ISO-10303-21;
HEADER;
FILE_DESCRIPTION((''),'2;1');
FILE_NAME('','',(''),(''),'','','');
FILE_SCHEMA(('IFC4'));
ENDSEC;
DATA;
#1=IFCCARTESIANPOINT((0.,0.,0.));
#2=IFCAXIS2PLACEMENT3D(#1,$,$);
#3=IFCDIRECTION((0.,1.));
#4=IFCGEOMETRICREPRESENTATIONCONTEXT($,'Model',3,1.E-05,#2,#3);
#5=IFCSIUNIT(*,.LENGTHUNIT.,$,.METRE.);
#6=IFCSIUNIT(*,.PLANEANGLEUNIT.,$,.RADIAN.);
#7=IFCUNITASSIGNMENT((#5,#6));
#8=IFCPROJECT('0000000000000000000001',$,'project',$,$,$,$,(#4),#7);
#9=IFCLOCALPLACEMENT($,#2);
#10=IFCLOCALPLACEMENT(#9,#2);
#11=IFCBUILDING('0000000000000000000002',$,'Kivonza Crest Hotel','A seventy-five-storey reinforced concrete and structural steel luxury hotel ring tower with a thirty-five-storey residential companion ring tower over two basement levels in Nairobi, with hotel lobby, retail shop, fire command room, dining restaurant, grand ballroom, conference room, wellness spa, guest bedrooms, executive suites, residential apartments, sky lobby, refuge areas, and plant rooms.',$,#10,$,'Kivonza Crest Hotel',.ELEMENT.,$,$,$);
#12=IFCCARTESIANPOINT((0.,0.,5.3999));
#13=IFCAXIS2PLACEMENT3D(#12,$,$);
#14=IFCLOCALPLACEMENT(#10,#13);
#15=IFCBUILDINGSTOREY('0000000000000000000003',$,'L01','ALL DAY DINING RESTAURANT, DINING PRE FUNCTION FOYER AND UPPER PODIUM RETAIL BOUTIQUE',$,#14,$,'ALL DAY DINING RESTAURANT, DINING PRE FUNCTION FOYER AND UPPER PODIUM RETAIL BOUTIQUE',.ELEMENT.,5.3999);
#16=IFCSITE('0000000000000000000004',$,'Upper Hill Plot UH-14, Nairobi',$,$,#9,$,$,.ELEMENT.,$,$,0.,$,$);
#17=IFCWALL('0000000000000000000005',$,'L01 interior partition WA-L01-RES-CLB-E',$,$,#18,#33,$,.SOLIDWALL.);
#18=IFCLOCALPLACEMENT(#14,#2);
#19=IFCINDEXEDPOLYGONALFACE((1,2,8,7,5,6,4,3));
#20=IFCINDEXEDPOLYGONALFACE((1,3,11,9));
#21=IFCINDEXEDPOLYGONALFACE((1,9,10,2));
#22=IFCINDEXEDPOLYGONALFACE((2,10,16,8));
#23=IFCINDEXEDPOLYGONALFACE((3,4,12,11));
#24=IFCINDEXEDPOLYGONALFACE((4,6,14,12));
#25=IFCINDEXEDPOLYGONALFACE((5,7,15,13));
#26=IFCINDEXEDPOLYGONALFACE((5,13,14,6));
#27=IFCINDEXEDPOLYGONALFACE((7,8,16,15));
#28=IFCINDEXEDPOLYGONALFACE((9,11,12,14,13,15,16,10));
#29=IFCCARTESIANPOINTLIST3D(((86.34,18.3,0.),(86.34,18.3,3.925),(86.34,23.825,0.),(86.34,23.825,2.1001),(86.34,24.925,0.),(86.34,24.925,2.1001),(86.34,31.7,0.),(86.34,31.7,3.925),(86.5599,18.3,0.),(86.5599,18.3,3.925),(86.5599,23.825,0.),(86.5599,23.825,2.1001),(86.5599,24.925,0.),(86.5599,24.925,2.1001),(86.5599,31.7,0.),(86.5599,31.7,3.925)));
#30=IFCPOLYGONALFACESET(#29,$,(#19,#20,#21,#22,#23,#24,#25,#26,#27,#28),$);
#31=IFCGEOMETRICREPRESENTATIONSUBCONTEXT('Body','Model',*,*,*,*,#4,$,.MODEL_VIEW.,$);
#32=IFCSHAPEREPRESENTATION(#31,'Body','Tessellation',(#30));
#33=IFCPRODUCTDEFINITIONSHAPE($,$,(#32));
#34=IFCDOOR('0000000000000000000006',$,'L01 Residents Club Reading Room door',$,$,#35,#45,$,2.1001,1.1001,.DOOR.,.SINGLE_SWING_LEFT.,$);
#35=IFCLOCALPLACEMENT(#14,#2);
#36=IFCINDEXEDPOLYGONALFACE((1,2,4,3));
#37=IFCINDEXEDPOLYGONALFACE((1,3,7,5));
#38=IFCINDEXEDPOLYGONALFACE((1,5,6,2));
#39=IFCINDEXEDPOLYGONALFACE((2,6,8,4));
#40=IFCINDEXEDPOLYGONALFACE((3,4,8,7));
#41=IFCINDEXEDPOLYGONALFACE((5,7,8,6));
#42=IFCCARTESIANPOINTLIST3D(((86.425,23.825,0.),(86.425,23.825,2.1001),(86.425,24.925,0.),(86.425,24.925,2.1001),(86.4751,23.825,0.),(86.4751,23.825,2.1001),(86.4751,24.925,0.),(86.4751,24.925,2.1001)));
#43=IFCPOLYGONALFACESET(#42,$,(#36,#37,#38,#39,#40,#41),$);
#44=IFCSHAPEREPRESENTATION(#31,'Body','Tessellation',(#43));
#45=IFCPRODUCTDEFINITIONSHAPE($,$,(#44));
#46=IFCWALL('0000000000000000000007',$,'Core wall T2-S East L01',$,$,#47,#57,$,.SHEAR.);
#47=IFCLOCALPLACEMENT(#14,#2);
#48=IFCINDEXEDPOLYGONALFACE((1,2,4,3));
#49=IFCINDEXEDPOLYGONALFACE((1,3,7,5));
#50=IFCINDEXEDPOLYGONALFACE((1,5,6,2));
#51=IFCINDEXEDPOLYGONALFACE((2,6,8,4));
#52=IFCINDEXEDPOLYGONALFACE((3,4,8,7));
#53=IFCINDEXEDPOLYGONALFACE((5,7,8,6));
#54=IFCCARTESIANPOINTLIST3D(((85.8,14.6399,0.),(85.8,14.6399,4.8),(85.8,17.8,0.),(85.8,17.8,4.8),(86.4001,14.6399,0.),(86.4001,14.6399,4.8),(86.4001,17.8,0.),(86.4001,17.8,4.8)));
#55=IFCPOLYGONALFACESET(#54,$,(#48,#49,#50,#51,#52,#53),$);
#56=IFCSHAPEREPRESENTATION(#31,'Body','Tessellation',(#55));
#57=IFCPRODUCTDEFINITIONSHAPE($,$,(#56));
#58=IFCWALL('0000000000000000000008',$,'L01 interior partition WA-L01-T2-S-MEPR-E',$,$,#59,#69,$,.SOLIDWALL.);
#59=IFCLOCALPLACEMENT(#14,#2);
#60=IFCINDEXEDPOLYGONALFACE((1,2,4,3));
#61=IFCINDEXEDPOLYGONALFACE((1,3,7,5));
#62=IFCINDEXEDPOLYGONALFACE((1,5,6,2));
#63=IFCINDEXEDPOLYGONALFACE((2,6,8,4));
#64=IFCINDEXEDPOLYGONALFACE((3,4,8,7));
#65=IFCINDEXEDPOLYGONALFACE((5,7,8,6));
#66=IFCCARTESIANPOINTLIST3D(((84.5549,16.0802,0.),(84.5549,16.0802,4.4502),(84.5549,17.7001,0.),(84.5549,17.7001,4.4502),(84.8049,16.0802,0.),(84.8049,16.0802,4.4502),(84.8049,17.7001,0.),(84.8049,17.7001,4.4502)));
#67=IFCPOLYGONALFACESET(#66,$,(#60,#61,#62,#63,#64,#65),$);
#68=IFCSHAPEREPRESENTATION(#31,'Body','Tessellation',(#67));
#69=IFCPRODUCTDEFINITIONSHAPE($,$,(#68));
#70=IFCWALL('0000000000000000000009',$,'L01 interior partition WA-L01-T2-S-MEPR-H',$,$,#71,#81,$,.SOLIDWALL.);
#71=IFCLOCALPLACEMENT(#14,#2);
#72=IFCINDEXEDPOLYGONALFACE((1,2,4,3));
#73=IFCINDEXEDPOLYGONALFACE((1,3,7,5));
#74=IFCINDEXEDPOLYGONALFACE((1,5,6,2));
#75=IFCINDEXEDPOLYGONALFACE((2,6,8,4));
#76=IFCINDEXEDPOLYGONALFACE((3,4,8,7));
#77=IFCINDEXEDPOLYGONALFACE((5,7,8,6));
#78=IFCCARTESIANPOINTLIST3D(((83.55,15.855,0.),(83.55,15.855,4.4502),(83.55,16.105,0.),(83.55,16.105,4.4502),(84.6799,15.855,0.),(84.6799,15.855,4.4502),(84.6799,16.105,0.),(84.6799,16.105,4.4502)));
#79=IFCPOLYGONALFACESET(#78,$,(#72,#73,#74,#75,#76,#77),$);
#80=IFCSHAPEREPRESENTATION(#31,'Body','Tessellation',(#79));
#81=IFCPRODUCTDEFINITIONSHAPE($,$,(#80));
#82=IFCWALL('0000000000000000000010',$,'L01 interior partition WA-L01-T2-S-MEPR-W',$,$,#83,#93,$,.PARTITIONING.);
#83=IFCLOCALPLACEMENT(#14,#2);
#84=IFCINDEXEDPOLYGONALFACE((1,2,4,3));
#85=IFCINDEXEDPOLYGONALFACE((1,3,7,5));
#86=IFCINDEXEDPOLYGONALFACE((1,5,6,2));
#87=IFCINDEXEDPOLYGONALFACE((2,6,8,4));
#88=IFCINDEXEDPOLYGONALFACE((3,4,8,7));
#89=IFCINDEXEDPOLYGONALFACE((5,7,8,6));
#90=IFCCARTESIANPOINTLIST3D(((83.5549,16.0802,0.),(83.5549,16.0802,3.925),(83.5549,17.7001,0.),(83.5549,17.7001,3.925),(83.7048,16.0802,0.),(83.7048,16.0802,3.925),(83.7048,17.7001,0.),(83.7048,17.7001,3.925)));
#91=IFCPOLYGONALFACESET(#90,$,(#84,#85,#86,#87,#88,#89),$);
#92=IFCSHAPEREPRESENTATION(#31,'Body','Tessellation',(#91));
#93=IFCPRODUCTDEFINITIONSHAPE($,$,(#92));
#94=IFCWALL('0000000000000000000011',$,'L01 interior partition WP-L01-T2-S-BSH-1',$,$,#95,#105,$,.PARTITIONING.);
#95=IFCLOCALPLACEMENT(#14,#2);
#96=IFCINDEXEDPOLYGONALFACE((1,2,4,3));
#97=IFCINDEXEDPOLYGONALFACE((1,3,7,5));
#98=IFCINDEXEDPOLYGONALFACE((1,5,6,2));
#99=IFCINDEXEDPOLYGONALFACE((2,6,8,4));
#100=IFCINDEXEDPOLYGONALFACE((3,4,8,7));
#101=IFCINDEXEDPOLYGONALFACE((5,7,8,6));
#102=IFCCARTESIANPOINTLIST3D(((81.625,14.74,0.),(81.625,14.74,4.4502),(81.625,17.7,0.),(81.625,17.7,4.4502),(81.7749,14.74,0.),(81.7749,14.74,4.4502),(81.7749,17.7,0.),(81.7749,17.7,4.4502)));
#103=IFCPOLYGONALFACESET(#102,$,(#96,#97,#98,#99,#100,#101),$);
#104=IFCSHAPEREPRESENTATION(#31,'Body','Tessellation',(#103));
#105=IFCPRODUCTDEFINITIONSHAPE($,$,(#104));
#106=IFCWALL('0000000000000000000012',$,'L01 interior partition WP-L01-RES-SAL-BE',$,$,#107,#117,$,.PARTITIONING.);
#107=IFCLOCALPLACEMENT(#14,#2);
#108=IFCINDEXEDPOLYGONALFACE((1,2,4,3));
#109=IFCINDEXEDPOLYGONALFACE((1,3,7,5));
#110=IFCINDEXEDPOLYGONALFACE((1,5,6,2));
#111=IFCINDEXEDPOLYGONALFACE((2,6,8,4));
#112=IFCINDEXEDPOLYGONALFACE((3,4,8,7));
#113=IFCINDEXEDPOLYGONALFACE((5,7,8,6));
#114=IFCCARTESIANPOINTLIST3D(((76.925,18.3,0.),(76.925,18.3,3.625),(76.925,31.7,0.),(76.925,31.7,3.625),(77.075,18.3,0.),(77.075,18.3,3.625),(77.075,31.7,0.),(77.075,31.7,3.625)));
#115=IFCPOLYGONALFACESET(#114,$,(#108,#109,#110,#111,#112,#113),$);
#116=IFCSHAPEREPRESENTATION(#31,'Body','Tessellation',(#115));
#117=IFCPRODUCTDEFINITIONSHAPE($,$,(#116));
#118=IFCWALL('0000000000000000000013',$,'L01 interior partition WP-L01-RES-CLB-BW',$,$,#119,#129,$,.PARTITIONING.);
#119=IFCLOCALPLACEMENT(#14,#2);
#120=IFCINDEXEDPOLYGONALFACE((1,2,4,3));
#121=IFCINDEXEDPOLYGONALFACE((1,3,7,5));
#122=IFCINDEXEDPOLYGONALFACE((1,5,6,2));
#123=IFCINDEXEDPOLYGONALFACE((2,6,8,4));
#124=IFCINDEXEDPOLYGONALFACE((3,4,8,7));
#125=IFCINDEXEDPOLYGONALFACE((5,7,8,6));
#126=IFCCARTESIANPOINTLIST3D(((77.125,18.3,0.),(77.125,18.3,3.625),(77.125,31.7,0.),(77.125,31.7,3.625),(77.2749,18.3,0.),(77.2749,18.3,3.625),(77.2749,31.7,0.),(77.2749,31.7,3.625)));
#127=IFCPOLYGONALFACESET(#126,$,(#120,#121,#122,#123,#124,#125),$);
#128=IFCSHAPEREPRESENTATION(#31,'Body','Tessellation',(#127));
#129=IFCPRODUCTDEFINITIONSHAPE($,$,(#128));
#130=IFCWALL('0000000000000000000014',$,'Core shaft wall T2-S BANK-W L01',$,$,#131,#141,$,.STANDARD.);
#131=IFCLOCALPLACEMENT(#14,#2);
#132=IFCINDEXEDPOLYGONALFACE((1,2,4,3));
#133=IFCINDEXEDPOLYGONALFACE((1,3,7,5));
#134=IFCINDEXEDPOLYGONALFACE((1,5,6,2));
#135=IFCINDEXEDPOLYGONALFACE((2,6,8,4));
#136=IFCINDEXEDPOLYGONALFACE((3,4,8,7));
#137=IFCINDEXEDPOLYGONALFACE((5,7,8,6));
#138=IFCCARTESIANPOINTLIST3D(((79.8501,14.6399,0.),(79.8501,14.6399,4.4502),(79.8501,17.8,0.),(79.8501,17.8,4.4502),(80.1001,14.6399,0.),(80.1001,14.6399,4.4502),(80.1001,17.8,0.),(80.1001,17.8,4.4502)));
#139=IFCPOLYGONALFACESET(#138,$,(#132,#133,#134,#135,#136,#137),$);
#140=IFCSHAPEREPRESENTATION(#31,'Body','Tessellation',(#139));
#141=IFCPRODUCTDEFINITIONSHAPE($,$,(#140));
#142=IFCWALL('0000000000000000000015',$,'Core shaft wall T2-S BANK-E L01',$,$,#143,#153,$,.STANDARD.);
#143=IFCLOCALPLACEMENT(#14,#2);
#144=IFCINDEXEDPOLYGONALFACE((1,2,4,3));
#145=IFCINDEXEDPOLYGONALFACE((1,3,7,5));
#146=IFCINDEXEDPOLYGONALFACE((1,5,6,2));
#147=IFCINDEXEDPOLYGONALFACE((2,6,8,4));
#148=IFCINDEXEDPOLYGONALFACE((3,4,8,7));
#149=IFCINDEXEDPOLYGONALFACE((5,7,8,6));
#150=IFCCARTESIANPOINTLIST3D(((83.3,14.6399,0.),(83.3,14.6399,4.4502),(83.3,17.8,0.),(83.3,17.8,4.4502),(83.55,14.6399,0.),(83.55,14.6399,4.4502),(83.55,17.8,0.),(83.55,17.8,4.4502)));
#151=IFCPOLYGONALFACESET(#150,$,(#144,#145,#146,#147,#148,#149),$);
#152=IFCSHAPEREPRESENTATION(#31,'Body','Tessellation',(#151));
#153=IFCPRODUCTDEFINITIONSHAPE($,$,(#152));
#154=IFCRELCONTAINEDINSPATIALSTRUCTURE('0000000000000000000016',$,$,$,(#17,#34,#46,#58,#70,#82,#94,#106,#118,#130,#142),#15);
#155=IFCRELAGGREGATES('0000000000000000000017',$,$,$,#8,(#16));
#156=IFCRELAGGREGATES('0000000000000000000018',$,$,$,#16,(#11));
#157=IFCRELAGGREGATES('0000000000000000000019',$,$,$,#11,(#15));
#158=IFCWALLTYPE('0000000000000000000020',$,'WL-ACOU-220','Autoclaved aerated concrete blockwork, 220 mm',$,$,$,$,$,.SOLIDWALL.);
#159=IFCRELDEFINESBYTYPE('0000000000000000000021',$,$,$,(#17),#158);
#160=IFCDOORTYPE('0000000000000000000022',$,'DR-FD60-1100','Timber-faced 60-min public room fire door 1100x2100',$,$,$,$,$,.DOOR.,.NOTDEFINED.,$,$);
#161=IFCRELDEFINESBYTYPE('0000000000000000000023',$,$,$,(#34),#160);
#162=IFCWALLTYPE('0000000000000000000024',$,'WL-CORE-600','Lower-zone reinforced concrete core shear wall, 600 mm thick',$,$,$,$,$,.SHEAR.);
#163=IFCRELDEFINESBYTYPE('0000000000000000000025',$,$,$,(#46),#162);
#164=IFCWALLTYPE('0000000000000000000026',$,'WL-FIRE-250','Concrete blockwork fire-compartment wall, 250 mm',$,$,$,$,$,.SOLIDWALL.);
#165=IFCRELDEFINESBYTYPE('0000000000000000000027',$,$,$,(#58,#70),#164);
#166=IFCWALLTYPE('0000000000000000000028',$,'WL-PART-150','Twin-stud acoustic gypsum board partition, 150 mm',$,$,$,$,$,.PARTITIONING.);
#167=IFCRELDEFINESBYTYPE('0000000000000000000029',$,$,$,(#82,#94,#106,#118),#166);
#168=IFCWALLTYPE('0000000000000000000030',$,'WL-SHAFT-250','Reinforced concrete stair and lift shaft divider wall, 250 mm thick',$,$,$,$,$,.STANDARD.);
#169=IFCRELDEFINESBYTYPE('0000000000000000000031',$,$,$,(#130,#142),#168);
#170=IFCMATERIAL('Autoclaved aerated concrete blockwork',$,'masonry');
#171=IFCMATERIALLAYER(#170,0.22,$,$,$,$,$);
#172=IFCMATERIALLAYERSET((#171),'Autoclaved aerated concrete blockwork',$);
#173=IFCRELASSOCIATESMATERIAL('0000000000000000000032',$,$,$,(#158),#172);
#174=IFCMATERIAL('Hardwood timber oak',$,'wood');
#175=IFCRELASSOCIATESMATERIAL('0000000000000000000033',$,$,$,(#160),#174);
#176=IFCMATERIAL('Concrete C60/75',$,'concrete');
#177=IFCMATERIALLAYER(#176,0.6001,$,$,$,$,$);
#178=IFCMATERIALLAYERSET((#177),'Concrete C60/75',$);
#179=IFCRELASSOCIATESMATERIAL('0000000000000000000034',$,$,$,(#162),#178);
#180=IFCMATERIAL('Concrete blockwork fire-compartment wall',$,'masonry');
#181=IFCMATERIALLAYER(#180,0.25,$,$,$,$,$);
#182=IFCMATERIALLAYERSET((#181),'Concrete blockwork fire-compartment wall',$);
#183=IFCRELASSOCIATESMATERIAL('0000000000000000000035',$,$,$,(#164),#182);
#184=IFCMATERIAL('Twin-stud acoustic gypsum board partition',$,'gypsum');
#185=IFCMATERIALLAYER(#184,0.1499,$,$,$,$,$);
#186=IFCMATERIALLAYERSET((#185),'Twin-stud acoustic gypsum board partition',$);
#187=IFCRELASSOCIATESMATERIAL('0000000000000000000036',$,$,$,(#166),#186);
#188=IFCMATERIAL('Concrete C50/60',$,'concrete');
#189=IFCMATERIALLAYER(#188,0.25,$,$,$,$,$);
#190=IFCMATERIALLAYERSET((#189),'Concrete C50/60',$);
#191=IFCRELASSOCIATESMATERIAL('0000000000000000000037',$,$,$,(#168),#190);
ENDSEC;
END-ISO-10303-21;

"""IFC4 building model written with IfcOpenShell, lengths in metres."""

from ifc_helpers import new_model, si_unit, direction, frame, frame_2d, origin, place, context, subcontext, project, spatial, rectangle, extrude, material, layer, layer_set, type_object, element, fill, save


model = new_model("IFC4")

# Units and contexts
model_context = context("Model", 3, precision=1e-05, world=origin(), true_north=direction((0.0, 1.0)))
body_context = subcontext(model_context, "Body", "Model", "MODEL_VIEW")
ifc_project = project(units=[si_unit("LENGTHUNIT", "METRE"), si_unit("PLANEANGLEUNIT", "RADIAN")], contexts=[model_context])

# Site, building, storey
site_placement = place(None, origin())
site = spatial("IfcSite", under=ifc_project, at=site_placement, Name="Upper Hill Plot UH-14, Nairobi", CompositionType="ELEMENT", RefElevation=0.0)
building_placement = place(site_placement, origin())
building = spatial("IfcBuilding", under=site, at=building_placement, Name="Kivonza Crest Hotel", Description="A seventy-five-storey reinforced concrete and structural steel luxury hotel ring tower with a thirty-five-storey residential companion ring tower over two basement levels in Nairobi, with hotel lobby, retail shop, fire command room, dining restaurant, grand ballroom, conference room, wellness spa, guest bedrooms, executive suites, residential apartments, sky lobby, refuge areas, and plant rooms.", LongName="Kivonza Crest Hotel", CompositionType="ELEMENT")
storey_placement = place(building_placement, frame((0.0, 0.0, 5.3999)))
storey = spatial("IfcBuildingStorey", under=building, at=storey_placement, Name="L01", Description="ALL DAY DINING RESTAURANT, DINING PRE FUNCTION FOYER AND UPPER PODIUM RETAIL BOUTIQUE", LongName="ALL DAY DINING RESTAURANT, DINING PRE FUNCTION FOYER AND UPPER PODIUM RETAIL BOUTIQUE", CompositionType="ELEMENT", Elevation=5.3999)

# Shared definitions
ifc_material_1 = material(Name="Concrete C60/75", Category="concrete")

# Wall, opening, door
ifc_material_2 = material(Name="Autoclaved aerated concrete blockwork", Category="masonry")
ifc_layer_1 = layer(ifc_material_2, 0.22)
ifc_layer_set_1 = layer_set([ifc_layer_1], Name="Autoclaved aerated concrete blockwork")
wall_type_1 = type_object("IfcWallType", Name="WL-ACOU-220", Description="Autoclaved aerated concrete blockwork, 220 mm", PredefinedType="SOLIDWALL", material=ifc_layer_set_1)
wall_1_placement = place(storey_placement, frame((86.45, 18.3, 0.0), z_axis=(0.0, 0.0, 1.0), x_axis=(0.0, 1.0, 0.0)))
wall_1 = element("IfcWall", 1, at=wall_1_placement, inside=storey, type_object=wall_type_1, Name="L01 interior partition WA-L01-RES-CLB-E", PredefinedType="SOLIDWALL", context=body_context, shape_type="SweptSolid", body=[
    extrude(rectangle(XDim=13.3999, YDim=0.22, at=frame_2d((6.7, 0.0))), origin(), (0.0, 0.0, 1.0), 3.925),
])
opening_placement = place(wall_1_placement, frame((5.5249, 0.0, 0.0)))
opening = element("IfcOpeningElement", 2, at=opening_placement, cuts=wall_1, PredefinedType="OPENING", context=body_context, shape_type="SweptSolid", body=[
    extrude(rectangle(XDim=1.1001, YDim=2.1001, at=frame_2d((0.55, 1.05))), frame((0.0, 0.1201, 0.0), z_axis=(0.0, -1.0, 0.0), x_axis=(1.0, 0.0, 0.0)), (0.0, 0.0, 1.0), 0.24),
])
ifc_material_3 = material(Name="Hardwood timber oak", Category="wood")
door_type = type_object("IfcDoorType", Name="DR-FD60-1100", Description="Timber-faced 60-min public room fire door 1100x2100", OperationType="NOTDEFINED", PredefinedType="DOOR", material=ifc_material_3)
door_placement = place(opening_placement, origin())
door = element("IfcDoor", 3, at=door_placement, inside=storey, type_object=door_type, Name="L01 Residents Club Reading Room door", OperationType="SINGLE_SWING_LEFT", OverallHeight=2.1001, OverallWidth=1.1001, PredefinedType="DOOR", context=body_context, shape_type="SweptSolid", body=[
    extrude(rectangle(XDim=1.1001, YDim=2.1001, at=frame_2d((0.55, 1.05))), frame((0.0, 0.0249, 0.0), z_axis=(0.0, -1.0, 0.0), x_axis=(1.0, 0.0, 0.0)), (0.0, 0.0, 1.0), 0.05),
])
fill(opening, door)

# Walls
ifc_layer_2 = layer(ifc_material_1, 0.6001)
ifc_layer_set_2 = layer_set([ifc_layer_2], Name="Concrete C60/75")
wall_type_2 = type_object("IfcWallType", Name="WL-CORE-600", Description="Lower-zone reinforced concrete core shear wall, 600 mm thick", PredefinedType="SHEAR", material=ifc_layer_set_2)
wall_2_placement = place(storey_placement, frame((86.1001, 14.6399, 0.0), z_axis=(0.0, 0.0, 1.0), x_axis=(0.0, 1.0, 0.0)))
element("IfcWall", 4, at=wall_2_placement, inside=storey, type_object=wall_type_2, Name="Core wall T2-S East L01", PredefinedType="SHEAR", context=body_context, shape_type="SweptSolid", body=[
    extrude(rectangle(XDim=3.1602, YDim=0.6001, at=frame_2d((1.5801, 0.0))), origin(), (0.0, 0.0, 1.0), 4.8),
])
ifc_material_4 = material(Name="Concrete blockwork fire-compartment wall", Category="masonry")
ifc_layer_3 = layer(ifc_material_4, 0.25)
ifc_layer_set_3 = layer_set([ifc_layer_3], Name="Concrete blockwork fire-compartment wall")
wall_type_3 = type_object("IfcWallType", Name="WL-FIRE-250", Description="Concrete blockwork fire-compartment wall, 250 mm", PredefinedType="SOLIDWALL", material=ifc_layer_set_3)
wall_3_placement = place(storey_placement, frame((84.6799, 16.0801, 0.0), z_axis=(0.0, 0.0, 1.0), x_axis=(0.0, 1.0, 0.0)))
element("IfcWall", 5, at=wall_3_placement, inside=storey, type_object=wall_type_3, Name="L01 interior partition WA-L01-T2-S-MEPR-E", PredefinedType="SOLIDWALL", context=body_context, shape_type="SweptSolid", body=[
    extrude(rectangle(XDim=1.6199, YDim=0.25, at=frame_2d((0.8101, 0.0))), origin(), (0.0, 0.0, 1.0), 4.4502),
])
wall_4_placement = place(storey_placement, frame((83.55, 15.98, 0.0), z_axis=(0.0, 0.0, 1.0), x_axis=(1.0, 0.0, 0.0)))
element("IfcWall", 6, at=wall_4_placement, inside=storey, type_object=wall_type_3, Name="L01 interior partition WA-L01-T2-S-MEPR-H", PredefinedType="SOLIDWALL", context=body_context, shape_type="SweptSolid", body=[
    extrude(rectangle(XDim=1.1299, YDim=0.25, at=frame_2d((0.5649, 0.0))), origin(), (0.0, 0.0, 1.0), 4.4502),
])
ifc_material_5 = material(Name="Twin-stud acoustic gypsum board partition", Category="gypsum")
ifc_layer_4 = layer(ifc_material_5, 0.1499)
ifc_layer_set_4 = layer_set([ifc_layer_4], Name="Twin-stud acoustic gypsum board partition")
wall_type_4 = type_object("IfcWallType", Name="WL-PART-150", Description="Twin-stud acoustic gypsum board partition, 150 mm", PredefinedType="PARTITIONING", material=ifc_layer_set_4)
wall_5_placement = place(storey_placement, frame((83.6299, 16.0801, 0.0), z_axis=(0.0, 0.0, 1.0), x_axis=(0.0, 1.0, 0.0)))
element("IfcWall", 7, at=wall_5_placement, inside=storey, type_object=wall_type_4, Name="L01 interior partition WA-L01-T2-S-MEPR-W", PredefinedType="PARTITIONING", context=body_context, shape_type="SweptSolid", body=[
    extrude(rectangle(XDim=1.6199, YDim=0.1499, at=frame_2d((0.8101, 0.0))), origin(), (0.0, 0.0, 1.0), 3.925),
])
wall_6_placement = place(storey_placement, frame((81.7, 14.74, 0.0), z_axis=(0.0, 0.0, 1.0), x_axis=(0.0, 1.0, 0.0)))
element("IfcWall", 8, at=wall_6_placement, inside=storey, type_object=wall_type_4, Name="L01 interior partition WP-L01-T2-S-BSH-1", PredefinedType="PARTITIONING", context=body_context, shape_type="SweptSolid", body=[
    extrude(rectangle(XDim=2.96, YDim=0.1499, at=frame_2d((1.48, 0.0))), origin(), (0.0, 0.0, 1.0), 4.4502),
])
for number, where, z_axis, x_axis, name in (
    (9, (77.0, 18.3, 0.0), (0.0, 0.0, 1.0), (0.0, 1.0, 0.0), "L01 interior partition WP-L01-RES-SAL-BE"),
    (10, (77.2, 18.3, 0.0), (0.0, 0.0, 1.0), (0.0, 1.0, 0.0), "L01 interior partition WP-L01-RES-CLB-BW"),
):
    element("IfcWall", number, at=place(storey_placement, frame(where, z_axis=z_axis, x_axis=x_axis)), inside=storey, type_object=wall_type_4, Name=name, PredefinedType="PARTITIONING", context=body_context, shape_type="SweptSolid", body=[
        extrude(rectangle(XDim=13.3999, YDim=0.1499, at=frame_2d((6.7, 0.0))), origin(), (0.0, 0.0, 1.0), 3.625),
    ])
ifc_material_6 = material(Name="Concrete C50/60", Category="concrete")
ifc_layer_5 = layer(ifc_material_6, 0.25)
ifc_layer_set_5 = layer_set([ifc_layer_5], Name="Concrete C50/60")
wall_type_5 = type_object("IfcWallType", Name="WL-SHAFT-250", Description="Reinforced concrete stair and lift shaft divider wall, 250 mm thick", PredefinedType="STANDARD", material=ifc_layer_set_5)
for number, where, z_axis, x_axis, name in (
    (11, (79.9751, 14.6399, 0.0), (0.0, 0.0, 1.0), (0.0, 1.0, 0.0), "Core shaft wall T2-S BANK-W L01"),
    (12, (83.425, 14.6399, 0.0), (0.0, 0.0, 1.0), (0.0, 1.0, 0.0), "Core shaft wall T2-S BANK-E L01"),
):
    element("IfcWall", number, at=place(storey_placement, frame(where, z_axis=z_axis, x_axis=x_axis)), inside=storey, type_object=wall_type_5, Name=name, PredefinedType="STANDARD", context=body_context, shape_type="SweptSolid", body=[
        extrude(rectangle(XDim=3.1602, YDim=0.25, at=frame_2d((1.5801, 0.0))), origin(), (0.0, 0.0, 1.0), 4.4502),
    ])

save(model, "model.ifc")
